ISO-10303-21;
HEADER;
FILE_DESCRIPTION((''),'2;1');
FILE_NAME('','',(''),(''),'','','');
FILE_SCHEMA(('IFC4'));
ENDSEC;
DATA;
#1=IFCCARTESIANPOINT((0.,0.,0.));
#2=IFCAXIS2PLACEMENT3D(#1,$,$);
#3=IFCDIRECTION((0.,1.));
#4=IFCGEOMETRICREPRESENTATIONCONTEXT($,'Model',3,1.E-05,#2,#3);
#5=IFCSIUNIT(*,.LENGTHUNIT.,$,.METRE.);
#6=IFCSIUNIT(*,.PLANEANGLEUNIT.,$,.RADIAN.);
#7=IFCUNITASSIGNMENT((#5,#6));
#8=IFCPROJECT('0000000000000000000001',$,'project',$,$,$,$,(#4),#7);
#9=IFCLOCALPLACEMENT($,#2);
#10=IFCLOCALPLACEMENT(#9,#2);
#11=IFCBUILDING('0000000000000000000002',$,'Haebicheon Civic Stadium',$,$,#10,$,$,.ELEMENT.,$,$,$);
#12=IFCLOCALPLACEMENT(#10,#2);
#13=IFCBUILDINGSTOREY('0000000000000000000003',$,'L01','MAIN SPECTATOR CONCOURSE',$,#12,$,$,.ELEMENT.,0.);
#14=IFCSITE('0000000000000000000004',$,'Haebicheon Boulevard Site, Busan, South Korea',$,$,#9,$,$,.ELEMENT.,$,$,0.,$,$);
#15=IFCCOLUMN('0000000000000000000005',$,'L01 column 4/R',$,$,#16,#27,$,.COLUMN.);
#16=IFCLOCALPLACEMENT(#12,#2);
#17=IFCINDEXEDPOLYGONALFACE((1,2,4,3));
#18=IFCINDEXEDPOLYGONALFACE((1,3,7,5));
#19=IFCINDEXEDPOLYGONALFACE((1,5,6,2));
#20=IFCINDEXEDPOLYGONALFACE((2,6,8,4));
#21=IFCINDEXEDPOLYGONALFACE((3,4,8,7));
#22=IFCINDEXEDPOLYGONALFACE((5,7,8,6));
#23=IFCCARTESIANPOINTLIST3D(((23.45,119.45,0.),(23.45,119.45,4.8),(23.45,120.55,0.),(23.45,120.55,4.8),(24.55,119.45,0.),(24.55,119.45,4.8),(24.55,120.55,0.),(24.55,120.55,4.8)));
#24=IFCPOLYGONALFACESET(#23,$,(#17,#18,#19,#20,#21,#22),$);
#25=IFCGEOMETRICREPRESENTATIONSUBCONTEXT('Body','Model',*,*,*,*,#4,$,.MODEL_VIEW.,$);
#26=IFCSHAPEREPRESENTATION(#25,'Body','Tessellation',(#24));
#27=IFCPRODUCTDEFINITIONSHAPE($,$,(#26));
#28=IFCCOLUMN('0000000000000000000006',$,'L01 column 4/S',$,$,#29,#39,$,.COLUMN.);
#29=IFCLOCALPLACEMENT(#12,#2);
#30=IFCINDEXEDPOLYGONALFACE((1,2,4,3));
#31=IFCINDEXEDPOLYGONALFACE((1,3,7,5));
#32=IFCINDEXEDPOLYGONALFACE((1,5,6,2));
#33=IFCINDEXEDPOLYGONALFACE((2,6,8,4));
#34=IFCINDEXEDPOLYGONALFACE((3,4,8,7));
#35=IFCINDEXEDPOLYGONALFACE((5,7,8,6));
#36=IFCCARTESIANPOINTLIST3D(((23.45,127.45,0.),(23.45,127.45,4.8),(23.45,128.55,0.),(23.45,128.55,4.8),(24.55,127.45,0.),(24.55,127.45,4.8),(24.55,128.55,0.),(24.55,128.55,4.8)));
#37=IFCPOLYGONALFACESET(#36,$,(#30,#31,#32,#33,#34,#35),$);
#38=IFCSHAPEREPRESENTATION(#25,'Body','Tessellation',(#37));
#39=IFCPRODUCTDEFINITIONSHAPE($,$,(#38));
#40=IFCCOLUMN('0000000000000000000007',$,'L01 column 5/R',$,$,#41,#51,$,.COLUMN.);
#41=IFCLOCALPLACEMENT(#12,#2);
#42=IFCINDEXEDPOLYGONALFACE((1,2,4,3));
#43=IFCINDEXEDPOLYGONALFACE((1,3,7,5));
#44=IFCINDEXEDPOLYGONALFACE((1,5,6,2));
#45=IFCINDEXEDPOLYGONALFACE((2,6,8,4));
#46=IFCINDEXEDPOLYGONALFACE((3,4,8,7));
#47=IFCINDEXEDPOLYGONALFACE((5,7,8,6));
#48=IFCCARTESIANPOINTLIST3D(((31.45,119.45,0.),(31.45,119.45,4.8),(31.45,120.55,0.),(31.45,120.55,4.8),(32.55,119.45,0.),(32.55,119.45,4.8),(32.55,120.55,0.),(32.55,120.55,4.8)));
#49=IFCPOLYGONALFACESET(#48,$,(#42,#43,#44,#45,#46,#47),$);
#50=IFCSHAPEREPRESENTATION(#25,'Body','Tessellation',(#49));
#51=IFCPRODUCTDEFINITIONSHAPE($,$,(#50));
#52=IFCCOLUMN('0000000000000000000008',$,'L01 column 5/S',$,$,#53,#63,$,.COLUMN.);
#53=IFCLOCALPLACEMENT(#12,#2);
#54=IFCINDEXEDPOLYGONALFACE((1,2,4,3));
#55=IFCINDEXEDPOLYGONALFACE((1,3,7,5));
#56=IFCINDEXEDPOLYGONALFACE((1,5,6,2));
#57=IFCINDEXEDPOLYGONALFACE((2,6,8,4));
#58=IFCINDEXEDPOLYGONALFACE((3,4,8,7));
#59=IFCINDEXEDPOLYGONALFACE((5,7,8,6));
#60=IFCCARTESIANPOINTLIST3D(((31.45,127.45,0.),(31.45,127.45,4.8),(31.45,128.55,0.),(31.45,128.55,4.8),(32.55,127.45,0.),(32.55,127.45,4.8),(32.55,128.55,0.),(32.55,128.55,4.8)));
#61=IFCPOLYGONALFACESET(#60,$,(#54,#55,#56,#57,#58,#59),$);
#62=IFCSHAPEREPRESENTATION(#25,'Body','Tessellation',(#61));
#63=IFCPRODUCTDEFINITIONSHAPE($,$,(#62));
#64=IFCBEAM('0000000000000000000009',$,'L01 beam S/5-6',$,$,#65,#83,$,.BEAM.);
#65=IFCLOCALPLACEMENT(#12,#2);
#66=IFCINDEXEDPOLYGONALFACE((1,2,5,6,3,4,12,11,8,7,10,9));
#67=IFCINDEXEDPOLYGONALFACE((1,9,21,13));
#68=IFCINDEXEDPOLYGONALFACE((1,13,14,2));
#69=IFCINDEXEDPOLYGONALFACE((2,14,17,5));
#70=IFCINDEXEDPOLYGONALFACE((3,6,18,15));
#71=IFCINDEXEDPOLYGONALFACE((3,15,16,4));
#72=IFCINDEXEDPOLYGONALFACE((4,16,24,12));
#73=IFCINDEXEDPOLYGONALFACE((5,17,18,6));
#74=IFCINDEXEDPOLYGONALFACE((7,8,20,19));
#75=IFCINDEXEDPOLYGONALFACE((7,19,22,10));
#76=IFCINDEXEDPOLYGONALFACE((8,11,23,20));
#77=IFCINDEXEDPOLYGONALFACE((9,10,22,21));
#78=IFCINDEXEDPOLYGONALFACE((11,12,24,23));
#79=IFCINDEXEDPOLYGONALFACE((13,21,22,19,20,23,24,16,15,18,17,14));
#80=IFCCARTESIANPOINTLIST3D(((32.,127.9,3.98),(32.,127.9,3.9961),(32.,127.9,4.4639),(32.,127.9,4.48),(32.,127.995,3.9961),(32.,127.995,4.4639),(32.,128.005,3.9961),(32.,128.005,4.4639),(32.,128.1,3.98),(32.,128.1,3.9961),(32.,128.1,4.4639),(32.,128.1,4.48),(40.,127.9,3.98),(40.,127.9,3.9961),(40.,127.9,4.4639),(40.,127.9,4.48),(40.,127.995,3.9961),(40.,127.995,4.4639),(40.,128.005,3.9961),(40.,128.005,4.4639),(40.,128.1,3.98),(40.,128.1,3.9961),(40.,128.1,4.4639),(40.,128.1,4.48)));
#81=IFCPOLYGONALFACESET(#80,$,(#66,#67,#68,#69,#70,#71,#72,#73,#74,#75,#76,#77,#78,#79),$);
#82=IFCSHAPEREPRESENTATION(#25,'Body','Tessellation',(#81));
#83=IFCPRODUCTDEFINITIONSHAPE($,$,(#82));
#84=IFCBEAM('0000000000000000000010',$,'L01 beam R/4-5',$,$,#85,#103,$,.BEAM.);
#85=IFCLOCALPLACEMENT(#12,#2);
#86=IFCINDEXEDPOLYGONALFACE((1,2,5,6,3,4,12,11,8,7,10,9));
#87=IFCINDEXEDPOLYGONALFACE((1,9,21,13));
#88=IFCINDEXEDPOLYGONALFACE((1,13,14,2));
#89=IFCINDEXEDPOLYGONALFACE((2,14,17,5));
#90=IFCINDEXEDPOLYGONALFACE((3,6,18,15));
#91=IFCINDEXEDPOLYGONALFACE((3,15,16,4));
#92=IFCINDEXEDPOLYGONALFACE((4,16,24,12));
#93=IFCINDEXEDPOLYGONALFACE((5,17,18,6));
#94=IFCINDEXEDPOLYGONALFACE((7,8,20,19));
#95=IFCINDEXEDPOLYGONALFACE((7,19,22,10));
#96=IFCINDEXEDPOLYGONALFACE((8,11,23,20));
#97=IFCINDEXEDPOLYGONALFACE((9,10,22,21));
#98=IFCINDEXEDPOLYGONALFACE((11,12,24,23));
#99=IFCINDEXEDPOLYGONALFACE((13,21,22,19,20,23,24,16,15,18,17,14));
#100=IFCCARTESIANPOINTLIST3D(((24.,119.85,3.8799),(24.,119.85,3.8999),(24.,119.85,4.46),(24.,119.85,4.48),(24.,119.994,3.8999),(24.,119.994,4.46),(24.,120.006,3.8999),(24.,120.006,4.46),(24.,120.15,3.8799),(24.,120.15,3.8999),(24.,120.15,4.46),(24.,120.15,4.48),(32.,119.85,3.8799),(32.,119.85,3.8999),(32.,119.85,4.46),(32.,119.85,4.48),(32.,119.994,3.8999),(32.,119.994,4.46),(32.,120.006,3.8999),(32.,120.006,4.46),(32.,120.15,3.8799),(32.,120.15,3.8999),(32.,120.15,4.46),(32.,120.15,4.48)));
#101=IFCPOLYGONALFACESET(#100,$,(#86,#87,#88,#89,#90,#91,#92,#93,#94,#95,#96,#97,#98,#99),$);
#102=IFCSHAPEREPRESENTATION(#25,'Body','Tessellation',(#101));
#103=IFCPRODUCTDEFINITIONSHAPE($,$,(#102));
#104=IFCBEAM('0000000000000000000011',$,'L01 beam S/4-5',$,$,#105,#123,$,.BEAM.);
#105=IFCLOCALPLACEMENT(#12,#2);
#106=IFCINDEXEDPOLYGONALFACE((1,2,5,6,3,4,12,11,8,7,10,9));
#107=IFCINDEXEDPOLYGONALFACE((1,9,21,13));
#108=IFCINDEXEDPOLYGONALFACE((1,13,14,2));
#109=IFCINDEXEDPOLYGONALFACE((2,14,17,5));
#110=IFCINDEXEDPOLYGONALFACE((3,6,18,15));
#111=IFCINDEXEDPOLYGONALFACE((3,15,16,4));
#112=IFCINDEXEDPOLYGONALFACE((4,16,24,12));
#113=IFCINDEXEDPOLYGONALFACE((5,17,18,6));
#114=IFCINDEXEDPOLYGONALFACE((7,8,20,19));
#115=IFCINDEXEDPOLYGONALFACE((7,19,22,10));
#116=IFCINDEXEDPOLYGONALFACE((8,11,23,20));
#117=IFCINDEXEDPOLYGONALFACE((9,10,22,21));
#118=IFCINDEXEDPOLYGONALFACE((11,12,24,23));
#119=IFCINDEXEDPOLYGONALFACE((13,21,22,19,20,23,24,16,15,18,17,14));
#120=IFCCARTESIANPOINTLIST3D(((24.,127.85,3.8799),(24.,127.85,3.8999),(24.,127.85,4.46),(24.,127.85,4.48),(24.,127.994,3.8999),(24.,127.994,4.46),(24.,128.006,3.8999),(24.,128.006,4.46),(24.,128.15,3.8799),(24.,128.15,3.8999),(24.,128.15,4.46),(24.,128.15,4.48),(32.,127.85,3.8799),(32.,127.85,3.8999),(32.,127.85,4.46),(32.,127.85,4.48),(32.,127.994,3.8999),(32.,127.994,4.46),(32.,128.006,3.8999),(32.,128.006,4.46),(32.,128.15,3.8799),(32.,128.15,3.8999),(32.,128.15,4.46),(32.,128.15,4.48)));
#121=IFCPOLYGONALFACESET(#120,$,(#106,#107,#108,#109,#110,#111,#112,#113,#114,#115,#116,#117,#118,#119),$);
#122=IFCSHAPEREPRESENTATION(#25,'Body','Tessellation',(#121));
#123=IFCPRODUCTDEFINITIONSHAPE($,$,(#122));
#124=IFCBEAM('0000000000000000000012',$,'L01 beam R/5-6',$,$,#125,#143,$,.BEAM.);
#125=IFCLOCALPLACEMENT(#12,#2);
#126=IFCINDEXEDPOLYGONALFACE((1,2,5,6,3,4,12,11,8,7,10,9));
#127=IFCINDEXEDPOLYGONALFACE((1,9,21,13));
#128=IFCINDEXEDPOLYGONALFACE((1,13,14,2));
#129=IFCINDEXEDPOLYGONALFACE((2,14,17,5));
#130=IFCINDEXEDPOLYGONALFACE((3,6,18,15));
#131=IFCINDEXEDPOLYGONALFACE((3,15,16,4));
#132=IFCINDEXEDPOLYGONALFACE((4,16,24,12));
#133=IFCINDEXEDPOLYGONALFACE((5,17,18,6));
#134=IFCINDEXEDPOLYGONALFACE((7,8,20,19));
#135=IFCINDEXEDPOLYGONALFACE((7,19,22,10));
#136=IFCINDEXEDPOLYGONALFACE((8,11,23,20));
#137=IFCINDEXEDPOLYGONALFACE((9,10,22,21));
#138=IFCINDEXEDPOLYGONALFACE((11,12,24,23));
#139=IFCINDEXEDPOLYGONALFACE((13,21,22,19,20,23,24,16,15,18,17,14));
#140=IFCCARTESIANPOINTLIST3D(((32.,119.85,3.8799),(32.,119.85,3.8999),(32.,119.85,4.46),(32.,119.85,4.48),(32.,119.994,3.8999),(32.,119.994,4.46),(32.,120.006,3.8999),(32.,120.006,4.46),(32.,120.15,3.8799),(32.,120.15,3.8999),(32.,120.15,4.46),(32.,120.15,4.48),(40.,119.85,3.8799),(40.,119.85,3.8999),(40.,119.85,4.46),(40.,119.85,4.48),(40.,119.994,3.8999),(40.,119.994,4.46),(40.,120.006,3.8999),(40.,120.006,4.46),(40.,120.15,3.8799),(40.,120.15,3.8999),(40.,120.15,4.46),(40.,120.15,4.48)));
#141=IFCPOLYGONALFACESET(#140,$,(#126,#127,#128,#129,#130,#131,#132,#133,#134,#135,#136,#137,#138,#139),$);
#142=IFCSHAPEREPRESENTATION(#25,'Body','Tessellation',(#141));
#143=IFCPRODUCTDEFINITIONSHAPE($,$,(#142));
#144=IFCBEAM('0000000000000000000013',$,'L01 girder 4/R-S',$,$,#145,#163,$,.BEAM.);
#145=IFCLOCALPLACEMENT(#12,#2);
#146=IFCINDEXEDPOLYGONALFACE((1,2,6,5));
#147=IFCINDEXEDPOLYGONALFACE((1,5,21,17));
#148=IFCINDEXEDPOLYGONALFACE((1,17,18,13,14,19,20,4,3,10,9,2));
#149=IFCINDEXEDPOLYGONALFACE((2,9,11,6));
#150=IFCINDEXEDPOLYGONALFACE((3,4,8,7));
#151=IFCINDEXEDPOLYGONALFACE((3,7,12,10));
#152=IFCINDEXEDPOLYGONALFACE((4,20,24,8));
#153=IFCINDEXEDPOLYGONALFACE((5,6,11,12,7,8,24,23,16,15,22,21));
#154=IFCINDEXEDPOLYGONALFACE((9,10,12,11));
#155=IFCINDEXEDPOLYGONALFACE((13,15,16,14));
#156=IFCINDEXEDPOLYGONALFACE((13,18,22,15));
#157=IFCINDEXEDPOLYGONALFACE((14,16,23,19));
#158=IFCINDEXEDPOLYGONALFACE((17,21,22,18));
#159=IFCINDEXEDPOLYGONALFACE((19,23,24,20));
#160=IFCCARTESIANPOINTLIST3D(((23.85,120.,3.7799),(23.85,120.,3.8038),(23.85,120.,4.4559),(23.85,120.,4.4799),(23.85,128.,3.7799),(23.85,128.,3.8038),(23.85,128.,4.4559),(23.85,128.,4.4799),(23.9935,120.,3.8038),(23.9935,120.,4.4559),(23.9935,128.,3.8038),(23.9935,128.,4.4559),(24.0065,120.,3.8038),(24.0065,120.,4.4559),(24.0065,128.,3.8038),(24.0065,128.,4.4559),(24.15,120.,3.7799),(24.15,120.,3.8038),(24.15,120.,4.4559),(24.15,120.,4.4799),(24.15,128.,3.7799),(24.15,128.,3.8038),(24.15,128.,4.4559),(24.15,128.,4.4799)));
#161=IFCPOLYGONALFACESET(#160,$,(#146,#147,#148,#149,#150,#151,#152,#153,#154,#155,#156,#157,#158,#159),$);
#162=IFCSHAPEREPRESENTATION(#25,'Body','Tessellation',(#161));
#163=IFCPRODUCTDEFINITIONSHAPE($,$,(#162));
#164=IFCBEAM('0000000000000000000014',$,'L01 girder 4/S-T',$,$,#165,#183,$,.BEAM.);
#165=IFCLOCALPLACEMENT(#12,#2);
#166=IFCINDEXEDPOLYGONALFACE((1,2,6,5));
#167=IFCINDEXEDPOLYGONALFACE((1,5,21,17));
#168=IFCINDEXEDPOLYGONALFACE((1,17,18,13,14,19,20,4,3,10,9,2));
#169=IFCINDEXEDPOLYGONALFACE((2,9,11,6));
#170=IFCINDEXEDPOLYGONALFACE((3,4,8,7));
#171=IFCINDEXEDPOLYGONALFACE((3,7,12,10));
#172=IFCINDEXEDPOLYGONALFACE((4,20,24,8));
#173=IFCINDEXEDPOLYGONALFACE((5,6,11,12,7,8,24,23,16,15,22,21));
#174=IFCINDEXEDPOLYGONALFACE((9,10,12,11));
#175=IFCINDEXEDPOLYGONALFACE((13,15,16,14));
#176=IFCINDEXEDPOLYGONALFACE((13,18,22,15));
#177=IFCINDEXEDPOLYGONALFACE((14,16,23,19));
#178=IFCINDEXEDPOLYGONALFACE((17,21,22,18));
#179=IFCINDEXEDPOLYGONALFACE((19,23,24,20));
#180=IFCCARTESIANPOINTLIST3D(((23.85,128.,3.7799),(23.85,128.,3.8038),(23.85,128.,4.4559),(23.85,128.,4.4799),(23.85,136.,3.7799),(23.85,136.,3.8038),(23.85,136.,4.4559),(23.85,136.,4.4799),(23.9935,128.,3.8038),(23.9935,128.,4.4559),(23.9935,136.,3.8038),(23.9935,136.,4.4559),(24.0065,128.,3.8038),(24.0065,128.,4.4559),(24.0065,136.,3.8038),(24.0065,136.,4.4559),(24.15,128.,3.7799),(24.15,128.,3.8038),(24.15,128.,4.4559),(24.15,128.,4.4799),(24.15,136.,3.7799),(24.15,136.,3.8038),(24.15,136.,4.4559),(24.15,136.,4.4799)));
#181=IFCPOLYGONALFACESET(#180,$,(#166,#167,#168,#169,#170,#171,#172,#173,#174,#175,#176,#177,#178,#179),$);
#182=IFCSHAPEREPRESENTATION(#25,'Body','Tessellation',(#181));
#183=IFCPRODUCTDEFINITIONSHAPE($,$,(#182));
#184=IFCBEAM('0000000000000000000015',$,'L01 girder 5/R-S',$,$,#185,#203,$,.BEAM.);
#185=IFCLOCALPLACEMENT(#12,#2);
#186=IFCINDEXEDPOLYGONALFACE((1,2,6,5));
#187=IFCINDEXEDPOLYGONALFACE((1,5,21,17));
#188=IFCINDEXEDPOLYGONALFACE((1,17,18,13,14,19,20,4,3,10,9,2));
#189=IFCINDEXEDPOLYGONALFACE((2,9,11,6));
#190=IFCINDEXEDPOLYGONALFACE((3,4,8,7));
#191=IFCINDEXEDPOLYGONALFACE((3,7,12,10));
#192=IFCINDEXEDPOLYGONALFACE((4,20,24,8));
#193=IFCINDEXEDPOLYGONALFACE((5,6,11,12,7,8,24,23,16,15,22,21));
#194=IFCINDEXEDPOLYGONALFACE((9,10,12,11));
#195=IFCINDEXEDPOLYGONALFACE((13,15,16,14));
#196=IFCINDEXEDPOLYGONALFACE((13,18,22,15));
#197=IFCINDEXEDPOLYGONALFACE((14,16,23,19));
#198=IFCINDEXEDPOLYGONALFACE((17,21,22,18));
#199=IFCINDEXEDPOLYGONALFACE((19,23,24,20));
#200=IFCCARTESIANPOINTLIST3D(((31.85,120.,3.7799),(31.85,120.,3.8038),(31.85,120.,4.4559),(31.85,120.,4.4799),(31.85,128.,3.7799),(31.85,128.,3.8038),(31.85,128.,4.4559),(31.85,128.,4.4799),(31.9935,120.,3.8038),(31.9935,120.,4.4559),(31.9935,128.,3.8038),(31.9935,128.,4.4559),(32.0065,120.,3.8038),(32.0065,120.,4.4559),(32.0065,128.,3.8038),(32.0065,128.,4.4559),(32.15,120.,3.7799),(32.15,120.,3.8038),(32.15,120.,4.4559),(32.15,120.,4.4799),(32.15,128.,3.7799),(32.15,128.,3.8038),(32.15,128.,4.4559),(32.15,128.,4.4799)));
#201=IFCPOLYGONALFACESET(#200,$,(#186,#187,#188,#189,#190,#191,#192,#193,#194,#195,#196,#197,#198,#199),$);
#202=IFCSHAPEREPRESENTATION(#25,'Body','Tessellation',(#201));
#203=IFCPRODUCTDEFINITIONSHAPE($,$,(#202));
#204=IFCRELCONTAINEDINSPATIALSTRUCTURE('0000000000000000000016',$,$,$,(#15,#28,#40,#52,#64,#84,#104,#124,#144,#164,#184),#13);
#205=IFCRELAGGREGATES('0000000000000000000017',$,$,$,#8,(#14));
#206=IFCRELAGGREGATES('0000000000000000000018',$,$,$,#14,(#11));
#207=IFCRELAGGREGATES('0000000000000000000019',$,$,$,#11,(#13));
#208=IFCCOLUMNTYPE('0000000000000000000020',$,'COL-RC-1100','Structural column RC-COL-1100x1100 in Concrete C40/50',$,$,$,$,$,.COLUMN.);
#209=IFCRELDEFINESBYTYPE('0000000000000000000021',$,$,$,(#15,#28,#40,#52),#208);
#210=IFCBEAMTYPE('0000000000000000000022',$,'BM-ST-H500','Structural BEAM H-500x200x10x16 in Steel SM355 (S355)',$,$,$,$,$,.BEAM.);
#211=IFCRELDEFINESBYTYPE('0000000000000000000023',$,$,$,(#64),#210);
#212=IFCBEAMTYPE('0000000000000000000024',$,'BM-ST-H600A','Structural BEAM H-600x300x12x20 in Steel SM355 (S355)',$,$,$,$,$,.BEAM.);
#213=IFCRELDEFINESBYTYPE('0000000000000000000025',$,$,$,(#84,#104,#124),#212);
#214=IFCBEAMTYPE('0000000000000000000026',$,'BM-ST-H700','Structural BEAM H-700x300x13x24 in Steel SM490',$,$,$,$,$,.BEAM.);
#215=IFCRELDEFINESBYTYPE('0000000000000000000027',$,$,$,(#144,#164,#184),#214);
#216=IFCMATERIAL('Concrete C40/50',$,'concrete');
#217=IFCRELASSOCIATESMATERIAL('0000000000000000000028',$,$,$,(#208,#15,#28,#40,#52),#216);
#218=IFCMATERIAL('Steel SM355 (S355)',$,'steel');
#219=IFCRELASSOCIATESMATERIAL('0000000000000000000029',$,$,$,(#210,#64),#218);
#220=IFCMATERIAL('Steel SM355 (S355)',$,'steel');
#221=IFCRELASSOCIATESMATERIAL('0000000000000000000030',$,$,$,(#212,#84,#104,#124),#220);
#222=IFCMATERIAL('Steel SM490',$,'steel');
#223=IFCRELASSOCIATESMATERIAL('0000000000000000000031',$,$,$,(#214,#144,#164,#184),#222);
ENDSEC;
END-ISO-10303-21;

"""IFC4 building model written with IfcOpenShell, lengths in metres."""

from ifc_helpers import new_model, si_unit, direction, frame, origin, origin_2d, place, context, subcontext, project, spatial, rectangle, i_section, extrude, material, material_profile, profile_set, type_object, element, save


model = new_model("IFC4")

# Units and contexts
model_context = context("Model", 3, precision=1e-05, world=origin(), true_north=direction((0.0, 1.0)))
body_context = subcontext(model_context, "Body", "Model", "MODEL_VIEW")
ifc_project = project(units=[si_unit("LENGTHUNIT", "METRE"), si_unit("PLANEANGLEUNIT", "RADIAN")], contexts=[model_context])

# Site, building, storey
site_placement = place(None, origin())
site = spatial("IfcSite", under=ifc_project, at=site_placement, Name="Haebicheon Boulevard Site, Busan, South Korea", CompositionType="ELEMENT", RefElevation=0.0)
building_placement = place(site_placement, origin())
building = spatial("IfcBuilding", under=site, at=building_placement, Name="Haebicheon Civic Stadium", CompositionType="ELEMENT")
storey_placement = place(building_placement, origin())
storey = spatial("IfcBuildingStorey", under=building, at=storey_placement, Name="L01", Description="MAIN SPECTATOR CONCOURSE", CompositionType="ELEMENT", Elevation=0.0)

# Columns
ifc_material_1 = material(Name="Concrete C40/50", Category="concrete")
ifc_material_profile_1 = material_profile(ifc_material_1, rectangle(XDim=1.1001, YDim=1.1001, at=origin_2d()), Name="RC-COL-1100x1100")
ifc_profile_set_1 = profile_set([ifc_material_profile_1], Name="Concrete C40/50")
column_type = type_object("IfcColumnType", Name="COL-RC-1100", Description="Structural column RC-COL-1100x1100 in Concrete C40/50", PredefinedType="COLUMN", material=ifc_profile_set_1)
for number, where, z_axis, x_axis, name in (
    (1, (24.0, 120.0, 0.0), (0.0, 0.0, 1.0), (1.0, 0.0, 0.0), "L01 column 4/R"),
    (2, (24.0, 128.0, 0.0), (0.0, 0.0, 1.0), (1.0, 0.0, 0.0), "L01 column 4/S"),
    (3, (32.0, 120.0, 0.0), (0.0, 0.0, 1.0), (1.0, 0.0, 0.0), "L01 column 5/R"),
    (4, (32.0, 128.0, 0.0), (0.0, 0.0, 1.0), (1.0, 0.0, 0.0), "L01 column 5/S"),
):
    element("IfcColumn", number, at=place(storey_placement, frame(where, z_axis=z_axis, x_axis=x_axis)), inside=storey, type_object=column_type, material=ifc_profile_set_1, Name=name, PredefinedType="COLUMN", context=body_context, shape_type="SweptSolid", body=[
        extrude(rectangle(XDim=1.1001, YDim=1.1001, at=origin_2d()), origin(), (0.0, 0.0, 1.0), 4.8),
    ])

# Beams
ifc_material_2 = material(Name="Steel SM355 (S355)", Category="steel")
ifc_material_profile_2 = material_profile(ifc_material_2, i_section(OverallWidth=0.2, OverallDepth=0.5, WebThickness=0.01, FlangeThickness=0.0161, at=origin_2d()), Name="H-500x200x10x16")
ifc_profile_set_2 = profile_set([ifc_material_profile_2], Name="Steel SM355 (S355)")
beam_type_1 = type_object("IfcBeamType", Name="BM-ST-H500", Description="Structural BEAM H-500x200x10x16 in Steel SM355 (S355)", PredefinedType="BEAM", material=ifc_profile_set_2)
beam_placement = place(storey_placement, frame((32.0, 128.0, 4.23), z_axis=(1.0, 0.0, 0.0), x_axis=(0.0, 1.0, 0.0)))
element("IfcBeam", 5, at=beam_placement, inside=storey, type_object=beam_type_1, material=ifc_profile_set_2, Name="L01 beam S/5-6", PredefinedType="BEAM", context=body_context, shape_type="SweptSolid", body=[
    extrude(i_section(OverallWidth=0.2, OverallDepth=0.5, WebThickness=0.01, FlangeThickness=0.0161, at=origin_2d()), origin(), (0.0, 0.0, 1.0), 8.0),
])
ifc_material_3 = material(Name="Steel SM355 (S355)", Category="steel")
ifc_material_profile_3 = material_profile(ifc_material_3, i_section(OverallWidth=0.3, OverallDepth=0.6001, WebThickness=0.012, FlangeThickness=0.02, at=origin_2d()), Name="H-600x300x12x20")
ifc_profile_set_3 = profile_set([ifc_material_profile_3], Name="Steel SM355 (S355)")
beam_type_2 = type_object("IfcBeamType", Name="BM-ST-H600A", Description="Structural BEAM H-600x300x12x20 in Steel SM355 (S355)", PredefinedType="BEAM", material=ifc_profile_set_3)
for number, where, z_axis, x_axis, name in (
    (6, (24.0, 120.0, 4.1799), (1.0, 0.0, 0.0), (0.0, 1.0, 0.0), "L01 beam R/4-5"),
    (7, (24.0, 128.0, 4.1799), (1.0, 0.0, 0.0), (0.0, 1.0, 0.0), "L01 beam S/4-5"),
    (8, (32.0, 120.0, 4.1799), (1.0, 0.0, 0.0), (0.0, 1.0, 0.0), "L01 beam R/5-6"),
):
    element("IfcBeam", number, at=place(storey_placement, frame(where, z_axis=z_axis, x_axis=x_axis)), inside=storey, type_object=beam_type_2, material=ifc_profile_set_3, Name=name, PredefinedType="BEAM", context=body_context, shape_type="SweptSolid", body=[
        extrude(i_section(OverallWidth=0.3, OverallDepth=0.6001, WebThickness=0.012, FlangeThickness=0.02, at=origin_2d()), origin(), (0.0, 0.0, 1.0), 8.0),
    ])
ifc_material_4 = material(Name="Steel SM490", Category="steel")
ifc_material_profile_4 = material_profile(ifc_material_4, i_section(OverallWidth=0.3, OverallDepth=0.7, WebThickness=0.0129, FlangeThickness=0.0239, at=origin_2d()), Name="H-700x300x13x24")
ifc_profile_set_4 = profile_set([ifc_material_profile_4], Name="Steel SM490")
beam_type_3 = type_object("IfcBeamType", Name="BM-ST-H700", Description="Structural BEAM H-700x300x13x24 in Steel SM490", PredefinedType="BEAM", material=ifc_profile_set_4)
for number, where, z_axis, x_axis, name in (
    (9, (24.0, 120.0, 4.1299), (0.0, 1.0, 0.0), (-1.0, 0.0, 0.0), "L01 girder 4/R-S"),
    (10, (24.0, 128.0, 4.1299), (0.0, 1.0, 0.0), (-1.0, 0.0, 0.0), "L01 girder 4/S-T"),
    (11, (32.0, 120.0, 4.1299), (0.0, 1.0, 0.0), (-1.0, 0.0, 0.0), "L01 girder 5/R-S"),
):
    element("IfcBeam", number, at=place(storey_placement, frame(where, z_axis=z_axis, x_axis=x_axis)), inside=storey, type_object=beam_type_3, material=ifc_profile_set_4, Name=name, PredefinedType="BEAM", context=body_context, shape_type="SweptSolid", body=[
        extrude(i_section(OverallWidth=0.3, OverallDepth=0.7, WebThickness=0.0129, FlangeThickness=0.0239, at=origin_2d()), origin(), (0.0, 0.0, 1.0), 8.0),
    ])

save(model, "model.ifc")
